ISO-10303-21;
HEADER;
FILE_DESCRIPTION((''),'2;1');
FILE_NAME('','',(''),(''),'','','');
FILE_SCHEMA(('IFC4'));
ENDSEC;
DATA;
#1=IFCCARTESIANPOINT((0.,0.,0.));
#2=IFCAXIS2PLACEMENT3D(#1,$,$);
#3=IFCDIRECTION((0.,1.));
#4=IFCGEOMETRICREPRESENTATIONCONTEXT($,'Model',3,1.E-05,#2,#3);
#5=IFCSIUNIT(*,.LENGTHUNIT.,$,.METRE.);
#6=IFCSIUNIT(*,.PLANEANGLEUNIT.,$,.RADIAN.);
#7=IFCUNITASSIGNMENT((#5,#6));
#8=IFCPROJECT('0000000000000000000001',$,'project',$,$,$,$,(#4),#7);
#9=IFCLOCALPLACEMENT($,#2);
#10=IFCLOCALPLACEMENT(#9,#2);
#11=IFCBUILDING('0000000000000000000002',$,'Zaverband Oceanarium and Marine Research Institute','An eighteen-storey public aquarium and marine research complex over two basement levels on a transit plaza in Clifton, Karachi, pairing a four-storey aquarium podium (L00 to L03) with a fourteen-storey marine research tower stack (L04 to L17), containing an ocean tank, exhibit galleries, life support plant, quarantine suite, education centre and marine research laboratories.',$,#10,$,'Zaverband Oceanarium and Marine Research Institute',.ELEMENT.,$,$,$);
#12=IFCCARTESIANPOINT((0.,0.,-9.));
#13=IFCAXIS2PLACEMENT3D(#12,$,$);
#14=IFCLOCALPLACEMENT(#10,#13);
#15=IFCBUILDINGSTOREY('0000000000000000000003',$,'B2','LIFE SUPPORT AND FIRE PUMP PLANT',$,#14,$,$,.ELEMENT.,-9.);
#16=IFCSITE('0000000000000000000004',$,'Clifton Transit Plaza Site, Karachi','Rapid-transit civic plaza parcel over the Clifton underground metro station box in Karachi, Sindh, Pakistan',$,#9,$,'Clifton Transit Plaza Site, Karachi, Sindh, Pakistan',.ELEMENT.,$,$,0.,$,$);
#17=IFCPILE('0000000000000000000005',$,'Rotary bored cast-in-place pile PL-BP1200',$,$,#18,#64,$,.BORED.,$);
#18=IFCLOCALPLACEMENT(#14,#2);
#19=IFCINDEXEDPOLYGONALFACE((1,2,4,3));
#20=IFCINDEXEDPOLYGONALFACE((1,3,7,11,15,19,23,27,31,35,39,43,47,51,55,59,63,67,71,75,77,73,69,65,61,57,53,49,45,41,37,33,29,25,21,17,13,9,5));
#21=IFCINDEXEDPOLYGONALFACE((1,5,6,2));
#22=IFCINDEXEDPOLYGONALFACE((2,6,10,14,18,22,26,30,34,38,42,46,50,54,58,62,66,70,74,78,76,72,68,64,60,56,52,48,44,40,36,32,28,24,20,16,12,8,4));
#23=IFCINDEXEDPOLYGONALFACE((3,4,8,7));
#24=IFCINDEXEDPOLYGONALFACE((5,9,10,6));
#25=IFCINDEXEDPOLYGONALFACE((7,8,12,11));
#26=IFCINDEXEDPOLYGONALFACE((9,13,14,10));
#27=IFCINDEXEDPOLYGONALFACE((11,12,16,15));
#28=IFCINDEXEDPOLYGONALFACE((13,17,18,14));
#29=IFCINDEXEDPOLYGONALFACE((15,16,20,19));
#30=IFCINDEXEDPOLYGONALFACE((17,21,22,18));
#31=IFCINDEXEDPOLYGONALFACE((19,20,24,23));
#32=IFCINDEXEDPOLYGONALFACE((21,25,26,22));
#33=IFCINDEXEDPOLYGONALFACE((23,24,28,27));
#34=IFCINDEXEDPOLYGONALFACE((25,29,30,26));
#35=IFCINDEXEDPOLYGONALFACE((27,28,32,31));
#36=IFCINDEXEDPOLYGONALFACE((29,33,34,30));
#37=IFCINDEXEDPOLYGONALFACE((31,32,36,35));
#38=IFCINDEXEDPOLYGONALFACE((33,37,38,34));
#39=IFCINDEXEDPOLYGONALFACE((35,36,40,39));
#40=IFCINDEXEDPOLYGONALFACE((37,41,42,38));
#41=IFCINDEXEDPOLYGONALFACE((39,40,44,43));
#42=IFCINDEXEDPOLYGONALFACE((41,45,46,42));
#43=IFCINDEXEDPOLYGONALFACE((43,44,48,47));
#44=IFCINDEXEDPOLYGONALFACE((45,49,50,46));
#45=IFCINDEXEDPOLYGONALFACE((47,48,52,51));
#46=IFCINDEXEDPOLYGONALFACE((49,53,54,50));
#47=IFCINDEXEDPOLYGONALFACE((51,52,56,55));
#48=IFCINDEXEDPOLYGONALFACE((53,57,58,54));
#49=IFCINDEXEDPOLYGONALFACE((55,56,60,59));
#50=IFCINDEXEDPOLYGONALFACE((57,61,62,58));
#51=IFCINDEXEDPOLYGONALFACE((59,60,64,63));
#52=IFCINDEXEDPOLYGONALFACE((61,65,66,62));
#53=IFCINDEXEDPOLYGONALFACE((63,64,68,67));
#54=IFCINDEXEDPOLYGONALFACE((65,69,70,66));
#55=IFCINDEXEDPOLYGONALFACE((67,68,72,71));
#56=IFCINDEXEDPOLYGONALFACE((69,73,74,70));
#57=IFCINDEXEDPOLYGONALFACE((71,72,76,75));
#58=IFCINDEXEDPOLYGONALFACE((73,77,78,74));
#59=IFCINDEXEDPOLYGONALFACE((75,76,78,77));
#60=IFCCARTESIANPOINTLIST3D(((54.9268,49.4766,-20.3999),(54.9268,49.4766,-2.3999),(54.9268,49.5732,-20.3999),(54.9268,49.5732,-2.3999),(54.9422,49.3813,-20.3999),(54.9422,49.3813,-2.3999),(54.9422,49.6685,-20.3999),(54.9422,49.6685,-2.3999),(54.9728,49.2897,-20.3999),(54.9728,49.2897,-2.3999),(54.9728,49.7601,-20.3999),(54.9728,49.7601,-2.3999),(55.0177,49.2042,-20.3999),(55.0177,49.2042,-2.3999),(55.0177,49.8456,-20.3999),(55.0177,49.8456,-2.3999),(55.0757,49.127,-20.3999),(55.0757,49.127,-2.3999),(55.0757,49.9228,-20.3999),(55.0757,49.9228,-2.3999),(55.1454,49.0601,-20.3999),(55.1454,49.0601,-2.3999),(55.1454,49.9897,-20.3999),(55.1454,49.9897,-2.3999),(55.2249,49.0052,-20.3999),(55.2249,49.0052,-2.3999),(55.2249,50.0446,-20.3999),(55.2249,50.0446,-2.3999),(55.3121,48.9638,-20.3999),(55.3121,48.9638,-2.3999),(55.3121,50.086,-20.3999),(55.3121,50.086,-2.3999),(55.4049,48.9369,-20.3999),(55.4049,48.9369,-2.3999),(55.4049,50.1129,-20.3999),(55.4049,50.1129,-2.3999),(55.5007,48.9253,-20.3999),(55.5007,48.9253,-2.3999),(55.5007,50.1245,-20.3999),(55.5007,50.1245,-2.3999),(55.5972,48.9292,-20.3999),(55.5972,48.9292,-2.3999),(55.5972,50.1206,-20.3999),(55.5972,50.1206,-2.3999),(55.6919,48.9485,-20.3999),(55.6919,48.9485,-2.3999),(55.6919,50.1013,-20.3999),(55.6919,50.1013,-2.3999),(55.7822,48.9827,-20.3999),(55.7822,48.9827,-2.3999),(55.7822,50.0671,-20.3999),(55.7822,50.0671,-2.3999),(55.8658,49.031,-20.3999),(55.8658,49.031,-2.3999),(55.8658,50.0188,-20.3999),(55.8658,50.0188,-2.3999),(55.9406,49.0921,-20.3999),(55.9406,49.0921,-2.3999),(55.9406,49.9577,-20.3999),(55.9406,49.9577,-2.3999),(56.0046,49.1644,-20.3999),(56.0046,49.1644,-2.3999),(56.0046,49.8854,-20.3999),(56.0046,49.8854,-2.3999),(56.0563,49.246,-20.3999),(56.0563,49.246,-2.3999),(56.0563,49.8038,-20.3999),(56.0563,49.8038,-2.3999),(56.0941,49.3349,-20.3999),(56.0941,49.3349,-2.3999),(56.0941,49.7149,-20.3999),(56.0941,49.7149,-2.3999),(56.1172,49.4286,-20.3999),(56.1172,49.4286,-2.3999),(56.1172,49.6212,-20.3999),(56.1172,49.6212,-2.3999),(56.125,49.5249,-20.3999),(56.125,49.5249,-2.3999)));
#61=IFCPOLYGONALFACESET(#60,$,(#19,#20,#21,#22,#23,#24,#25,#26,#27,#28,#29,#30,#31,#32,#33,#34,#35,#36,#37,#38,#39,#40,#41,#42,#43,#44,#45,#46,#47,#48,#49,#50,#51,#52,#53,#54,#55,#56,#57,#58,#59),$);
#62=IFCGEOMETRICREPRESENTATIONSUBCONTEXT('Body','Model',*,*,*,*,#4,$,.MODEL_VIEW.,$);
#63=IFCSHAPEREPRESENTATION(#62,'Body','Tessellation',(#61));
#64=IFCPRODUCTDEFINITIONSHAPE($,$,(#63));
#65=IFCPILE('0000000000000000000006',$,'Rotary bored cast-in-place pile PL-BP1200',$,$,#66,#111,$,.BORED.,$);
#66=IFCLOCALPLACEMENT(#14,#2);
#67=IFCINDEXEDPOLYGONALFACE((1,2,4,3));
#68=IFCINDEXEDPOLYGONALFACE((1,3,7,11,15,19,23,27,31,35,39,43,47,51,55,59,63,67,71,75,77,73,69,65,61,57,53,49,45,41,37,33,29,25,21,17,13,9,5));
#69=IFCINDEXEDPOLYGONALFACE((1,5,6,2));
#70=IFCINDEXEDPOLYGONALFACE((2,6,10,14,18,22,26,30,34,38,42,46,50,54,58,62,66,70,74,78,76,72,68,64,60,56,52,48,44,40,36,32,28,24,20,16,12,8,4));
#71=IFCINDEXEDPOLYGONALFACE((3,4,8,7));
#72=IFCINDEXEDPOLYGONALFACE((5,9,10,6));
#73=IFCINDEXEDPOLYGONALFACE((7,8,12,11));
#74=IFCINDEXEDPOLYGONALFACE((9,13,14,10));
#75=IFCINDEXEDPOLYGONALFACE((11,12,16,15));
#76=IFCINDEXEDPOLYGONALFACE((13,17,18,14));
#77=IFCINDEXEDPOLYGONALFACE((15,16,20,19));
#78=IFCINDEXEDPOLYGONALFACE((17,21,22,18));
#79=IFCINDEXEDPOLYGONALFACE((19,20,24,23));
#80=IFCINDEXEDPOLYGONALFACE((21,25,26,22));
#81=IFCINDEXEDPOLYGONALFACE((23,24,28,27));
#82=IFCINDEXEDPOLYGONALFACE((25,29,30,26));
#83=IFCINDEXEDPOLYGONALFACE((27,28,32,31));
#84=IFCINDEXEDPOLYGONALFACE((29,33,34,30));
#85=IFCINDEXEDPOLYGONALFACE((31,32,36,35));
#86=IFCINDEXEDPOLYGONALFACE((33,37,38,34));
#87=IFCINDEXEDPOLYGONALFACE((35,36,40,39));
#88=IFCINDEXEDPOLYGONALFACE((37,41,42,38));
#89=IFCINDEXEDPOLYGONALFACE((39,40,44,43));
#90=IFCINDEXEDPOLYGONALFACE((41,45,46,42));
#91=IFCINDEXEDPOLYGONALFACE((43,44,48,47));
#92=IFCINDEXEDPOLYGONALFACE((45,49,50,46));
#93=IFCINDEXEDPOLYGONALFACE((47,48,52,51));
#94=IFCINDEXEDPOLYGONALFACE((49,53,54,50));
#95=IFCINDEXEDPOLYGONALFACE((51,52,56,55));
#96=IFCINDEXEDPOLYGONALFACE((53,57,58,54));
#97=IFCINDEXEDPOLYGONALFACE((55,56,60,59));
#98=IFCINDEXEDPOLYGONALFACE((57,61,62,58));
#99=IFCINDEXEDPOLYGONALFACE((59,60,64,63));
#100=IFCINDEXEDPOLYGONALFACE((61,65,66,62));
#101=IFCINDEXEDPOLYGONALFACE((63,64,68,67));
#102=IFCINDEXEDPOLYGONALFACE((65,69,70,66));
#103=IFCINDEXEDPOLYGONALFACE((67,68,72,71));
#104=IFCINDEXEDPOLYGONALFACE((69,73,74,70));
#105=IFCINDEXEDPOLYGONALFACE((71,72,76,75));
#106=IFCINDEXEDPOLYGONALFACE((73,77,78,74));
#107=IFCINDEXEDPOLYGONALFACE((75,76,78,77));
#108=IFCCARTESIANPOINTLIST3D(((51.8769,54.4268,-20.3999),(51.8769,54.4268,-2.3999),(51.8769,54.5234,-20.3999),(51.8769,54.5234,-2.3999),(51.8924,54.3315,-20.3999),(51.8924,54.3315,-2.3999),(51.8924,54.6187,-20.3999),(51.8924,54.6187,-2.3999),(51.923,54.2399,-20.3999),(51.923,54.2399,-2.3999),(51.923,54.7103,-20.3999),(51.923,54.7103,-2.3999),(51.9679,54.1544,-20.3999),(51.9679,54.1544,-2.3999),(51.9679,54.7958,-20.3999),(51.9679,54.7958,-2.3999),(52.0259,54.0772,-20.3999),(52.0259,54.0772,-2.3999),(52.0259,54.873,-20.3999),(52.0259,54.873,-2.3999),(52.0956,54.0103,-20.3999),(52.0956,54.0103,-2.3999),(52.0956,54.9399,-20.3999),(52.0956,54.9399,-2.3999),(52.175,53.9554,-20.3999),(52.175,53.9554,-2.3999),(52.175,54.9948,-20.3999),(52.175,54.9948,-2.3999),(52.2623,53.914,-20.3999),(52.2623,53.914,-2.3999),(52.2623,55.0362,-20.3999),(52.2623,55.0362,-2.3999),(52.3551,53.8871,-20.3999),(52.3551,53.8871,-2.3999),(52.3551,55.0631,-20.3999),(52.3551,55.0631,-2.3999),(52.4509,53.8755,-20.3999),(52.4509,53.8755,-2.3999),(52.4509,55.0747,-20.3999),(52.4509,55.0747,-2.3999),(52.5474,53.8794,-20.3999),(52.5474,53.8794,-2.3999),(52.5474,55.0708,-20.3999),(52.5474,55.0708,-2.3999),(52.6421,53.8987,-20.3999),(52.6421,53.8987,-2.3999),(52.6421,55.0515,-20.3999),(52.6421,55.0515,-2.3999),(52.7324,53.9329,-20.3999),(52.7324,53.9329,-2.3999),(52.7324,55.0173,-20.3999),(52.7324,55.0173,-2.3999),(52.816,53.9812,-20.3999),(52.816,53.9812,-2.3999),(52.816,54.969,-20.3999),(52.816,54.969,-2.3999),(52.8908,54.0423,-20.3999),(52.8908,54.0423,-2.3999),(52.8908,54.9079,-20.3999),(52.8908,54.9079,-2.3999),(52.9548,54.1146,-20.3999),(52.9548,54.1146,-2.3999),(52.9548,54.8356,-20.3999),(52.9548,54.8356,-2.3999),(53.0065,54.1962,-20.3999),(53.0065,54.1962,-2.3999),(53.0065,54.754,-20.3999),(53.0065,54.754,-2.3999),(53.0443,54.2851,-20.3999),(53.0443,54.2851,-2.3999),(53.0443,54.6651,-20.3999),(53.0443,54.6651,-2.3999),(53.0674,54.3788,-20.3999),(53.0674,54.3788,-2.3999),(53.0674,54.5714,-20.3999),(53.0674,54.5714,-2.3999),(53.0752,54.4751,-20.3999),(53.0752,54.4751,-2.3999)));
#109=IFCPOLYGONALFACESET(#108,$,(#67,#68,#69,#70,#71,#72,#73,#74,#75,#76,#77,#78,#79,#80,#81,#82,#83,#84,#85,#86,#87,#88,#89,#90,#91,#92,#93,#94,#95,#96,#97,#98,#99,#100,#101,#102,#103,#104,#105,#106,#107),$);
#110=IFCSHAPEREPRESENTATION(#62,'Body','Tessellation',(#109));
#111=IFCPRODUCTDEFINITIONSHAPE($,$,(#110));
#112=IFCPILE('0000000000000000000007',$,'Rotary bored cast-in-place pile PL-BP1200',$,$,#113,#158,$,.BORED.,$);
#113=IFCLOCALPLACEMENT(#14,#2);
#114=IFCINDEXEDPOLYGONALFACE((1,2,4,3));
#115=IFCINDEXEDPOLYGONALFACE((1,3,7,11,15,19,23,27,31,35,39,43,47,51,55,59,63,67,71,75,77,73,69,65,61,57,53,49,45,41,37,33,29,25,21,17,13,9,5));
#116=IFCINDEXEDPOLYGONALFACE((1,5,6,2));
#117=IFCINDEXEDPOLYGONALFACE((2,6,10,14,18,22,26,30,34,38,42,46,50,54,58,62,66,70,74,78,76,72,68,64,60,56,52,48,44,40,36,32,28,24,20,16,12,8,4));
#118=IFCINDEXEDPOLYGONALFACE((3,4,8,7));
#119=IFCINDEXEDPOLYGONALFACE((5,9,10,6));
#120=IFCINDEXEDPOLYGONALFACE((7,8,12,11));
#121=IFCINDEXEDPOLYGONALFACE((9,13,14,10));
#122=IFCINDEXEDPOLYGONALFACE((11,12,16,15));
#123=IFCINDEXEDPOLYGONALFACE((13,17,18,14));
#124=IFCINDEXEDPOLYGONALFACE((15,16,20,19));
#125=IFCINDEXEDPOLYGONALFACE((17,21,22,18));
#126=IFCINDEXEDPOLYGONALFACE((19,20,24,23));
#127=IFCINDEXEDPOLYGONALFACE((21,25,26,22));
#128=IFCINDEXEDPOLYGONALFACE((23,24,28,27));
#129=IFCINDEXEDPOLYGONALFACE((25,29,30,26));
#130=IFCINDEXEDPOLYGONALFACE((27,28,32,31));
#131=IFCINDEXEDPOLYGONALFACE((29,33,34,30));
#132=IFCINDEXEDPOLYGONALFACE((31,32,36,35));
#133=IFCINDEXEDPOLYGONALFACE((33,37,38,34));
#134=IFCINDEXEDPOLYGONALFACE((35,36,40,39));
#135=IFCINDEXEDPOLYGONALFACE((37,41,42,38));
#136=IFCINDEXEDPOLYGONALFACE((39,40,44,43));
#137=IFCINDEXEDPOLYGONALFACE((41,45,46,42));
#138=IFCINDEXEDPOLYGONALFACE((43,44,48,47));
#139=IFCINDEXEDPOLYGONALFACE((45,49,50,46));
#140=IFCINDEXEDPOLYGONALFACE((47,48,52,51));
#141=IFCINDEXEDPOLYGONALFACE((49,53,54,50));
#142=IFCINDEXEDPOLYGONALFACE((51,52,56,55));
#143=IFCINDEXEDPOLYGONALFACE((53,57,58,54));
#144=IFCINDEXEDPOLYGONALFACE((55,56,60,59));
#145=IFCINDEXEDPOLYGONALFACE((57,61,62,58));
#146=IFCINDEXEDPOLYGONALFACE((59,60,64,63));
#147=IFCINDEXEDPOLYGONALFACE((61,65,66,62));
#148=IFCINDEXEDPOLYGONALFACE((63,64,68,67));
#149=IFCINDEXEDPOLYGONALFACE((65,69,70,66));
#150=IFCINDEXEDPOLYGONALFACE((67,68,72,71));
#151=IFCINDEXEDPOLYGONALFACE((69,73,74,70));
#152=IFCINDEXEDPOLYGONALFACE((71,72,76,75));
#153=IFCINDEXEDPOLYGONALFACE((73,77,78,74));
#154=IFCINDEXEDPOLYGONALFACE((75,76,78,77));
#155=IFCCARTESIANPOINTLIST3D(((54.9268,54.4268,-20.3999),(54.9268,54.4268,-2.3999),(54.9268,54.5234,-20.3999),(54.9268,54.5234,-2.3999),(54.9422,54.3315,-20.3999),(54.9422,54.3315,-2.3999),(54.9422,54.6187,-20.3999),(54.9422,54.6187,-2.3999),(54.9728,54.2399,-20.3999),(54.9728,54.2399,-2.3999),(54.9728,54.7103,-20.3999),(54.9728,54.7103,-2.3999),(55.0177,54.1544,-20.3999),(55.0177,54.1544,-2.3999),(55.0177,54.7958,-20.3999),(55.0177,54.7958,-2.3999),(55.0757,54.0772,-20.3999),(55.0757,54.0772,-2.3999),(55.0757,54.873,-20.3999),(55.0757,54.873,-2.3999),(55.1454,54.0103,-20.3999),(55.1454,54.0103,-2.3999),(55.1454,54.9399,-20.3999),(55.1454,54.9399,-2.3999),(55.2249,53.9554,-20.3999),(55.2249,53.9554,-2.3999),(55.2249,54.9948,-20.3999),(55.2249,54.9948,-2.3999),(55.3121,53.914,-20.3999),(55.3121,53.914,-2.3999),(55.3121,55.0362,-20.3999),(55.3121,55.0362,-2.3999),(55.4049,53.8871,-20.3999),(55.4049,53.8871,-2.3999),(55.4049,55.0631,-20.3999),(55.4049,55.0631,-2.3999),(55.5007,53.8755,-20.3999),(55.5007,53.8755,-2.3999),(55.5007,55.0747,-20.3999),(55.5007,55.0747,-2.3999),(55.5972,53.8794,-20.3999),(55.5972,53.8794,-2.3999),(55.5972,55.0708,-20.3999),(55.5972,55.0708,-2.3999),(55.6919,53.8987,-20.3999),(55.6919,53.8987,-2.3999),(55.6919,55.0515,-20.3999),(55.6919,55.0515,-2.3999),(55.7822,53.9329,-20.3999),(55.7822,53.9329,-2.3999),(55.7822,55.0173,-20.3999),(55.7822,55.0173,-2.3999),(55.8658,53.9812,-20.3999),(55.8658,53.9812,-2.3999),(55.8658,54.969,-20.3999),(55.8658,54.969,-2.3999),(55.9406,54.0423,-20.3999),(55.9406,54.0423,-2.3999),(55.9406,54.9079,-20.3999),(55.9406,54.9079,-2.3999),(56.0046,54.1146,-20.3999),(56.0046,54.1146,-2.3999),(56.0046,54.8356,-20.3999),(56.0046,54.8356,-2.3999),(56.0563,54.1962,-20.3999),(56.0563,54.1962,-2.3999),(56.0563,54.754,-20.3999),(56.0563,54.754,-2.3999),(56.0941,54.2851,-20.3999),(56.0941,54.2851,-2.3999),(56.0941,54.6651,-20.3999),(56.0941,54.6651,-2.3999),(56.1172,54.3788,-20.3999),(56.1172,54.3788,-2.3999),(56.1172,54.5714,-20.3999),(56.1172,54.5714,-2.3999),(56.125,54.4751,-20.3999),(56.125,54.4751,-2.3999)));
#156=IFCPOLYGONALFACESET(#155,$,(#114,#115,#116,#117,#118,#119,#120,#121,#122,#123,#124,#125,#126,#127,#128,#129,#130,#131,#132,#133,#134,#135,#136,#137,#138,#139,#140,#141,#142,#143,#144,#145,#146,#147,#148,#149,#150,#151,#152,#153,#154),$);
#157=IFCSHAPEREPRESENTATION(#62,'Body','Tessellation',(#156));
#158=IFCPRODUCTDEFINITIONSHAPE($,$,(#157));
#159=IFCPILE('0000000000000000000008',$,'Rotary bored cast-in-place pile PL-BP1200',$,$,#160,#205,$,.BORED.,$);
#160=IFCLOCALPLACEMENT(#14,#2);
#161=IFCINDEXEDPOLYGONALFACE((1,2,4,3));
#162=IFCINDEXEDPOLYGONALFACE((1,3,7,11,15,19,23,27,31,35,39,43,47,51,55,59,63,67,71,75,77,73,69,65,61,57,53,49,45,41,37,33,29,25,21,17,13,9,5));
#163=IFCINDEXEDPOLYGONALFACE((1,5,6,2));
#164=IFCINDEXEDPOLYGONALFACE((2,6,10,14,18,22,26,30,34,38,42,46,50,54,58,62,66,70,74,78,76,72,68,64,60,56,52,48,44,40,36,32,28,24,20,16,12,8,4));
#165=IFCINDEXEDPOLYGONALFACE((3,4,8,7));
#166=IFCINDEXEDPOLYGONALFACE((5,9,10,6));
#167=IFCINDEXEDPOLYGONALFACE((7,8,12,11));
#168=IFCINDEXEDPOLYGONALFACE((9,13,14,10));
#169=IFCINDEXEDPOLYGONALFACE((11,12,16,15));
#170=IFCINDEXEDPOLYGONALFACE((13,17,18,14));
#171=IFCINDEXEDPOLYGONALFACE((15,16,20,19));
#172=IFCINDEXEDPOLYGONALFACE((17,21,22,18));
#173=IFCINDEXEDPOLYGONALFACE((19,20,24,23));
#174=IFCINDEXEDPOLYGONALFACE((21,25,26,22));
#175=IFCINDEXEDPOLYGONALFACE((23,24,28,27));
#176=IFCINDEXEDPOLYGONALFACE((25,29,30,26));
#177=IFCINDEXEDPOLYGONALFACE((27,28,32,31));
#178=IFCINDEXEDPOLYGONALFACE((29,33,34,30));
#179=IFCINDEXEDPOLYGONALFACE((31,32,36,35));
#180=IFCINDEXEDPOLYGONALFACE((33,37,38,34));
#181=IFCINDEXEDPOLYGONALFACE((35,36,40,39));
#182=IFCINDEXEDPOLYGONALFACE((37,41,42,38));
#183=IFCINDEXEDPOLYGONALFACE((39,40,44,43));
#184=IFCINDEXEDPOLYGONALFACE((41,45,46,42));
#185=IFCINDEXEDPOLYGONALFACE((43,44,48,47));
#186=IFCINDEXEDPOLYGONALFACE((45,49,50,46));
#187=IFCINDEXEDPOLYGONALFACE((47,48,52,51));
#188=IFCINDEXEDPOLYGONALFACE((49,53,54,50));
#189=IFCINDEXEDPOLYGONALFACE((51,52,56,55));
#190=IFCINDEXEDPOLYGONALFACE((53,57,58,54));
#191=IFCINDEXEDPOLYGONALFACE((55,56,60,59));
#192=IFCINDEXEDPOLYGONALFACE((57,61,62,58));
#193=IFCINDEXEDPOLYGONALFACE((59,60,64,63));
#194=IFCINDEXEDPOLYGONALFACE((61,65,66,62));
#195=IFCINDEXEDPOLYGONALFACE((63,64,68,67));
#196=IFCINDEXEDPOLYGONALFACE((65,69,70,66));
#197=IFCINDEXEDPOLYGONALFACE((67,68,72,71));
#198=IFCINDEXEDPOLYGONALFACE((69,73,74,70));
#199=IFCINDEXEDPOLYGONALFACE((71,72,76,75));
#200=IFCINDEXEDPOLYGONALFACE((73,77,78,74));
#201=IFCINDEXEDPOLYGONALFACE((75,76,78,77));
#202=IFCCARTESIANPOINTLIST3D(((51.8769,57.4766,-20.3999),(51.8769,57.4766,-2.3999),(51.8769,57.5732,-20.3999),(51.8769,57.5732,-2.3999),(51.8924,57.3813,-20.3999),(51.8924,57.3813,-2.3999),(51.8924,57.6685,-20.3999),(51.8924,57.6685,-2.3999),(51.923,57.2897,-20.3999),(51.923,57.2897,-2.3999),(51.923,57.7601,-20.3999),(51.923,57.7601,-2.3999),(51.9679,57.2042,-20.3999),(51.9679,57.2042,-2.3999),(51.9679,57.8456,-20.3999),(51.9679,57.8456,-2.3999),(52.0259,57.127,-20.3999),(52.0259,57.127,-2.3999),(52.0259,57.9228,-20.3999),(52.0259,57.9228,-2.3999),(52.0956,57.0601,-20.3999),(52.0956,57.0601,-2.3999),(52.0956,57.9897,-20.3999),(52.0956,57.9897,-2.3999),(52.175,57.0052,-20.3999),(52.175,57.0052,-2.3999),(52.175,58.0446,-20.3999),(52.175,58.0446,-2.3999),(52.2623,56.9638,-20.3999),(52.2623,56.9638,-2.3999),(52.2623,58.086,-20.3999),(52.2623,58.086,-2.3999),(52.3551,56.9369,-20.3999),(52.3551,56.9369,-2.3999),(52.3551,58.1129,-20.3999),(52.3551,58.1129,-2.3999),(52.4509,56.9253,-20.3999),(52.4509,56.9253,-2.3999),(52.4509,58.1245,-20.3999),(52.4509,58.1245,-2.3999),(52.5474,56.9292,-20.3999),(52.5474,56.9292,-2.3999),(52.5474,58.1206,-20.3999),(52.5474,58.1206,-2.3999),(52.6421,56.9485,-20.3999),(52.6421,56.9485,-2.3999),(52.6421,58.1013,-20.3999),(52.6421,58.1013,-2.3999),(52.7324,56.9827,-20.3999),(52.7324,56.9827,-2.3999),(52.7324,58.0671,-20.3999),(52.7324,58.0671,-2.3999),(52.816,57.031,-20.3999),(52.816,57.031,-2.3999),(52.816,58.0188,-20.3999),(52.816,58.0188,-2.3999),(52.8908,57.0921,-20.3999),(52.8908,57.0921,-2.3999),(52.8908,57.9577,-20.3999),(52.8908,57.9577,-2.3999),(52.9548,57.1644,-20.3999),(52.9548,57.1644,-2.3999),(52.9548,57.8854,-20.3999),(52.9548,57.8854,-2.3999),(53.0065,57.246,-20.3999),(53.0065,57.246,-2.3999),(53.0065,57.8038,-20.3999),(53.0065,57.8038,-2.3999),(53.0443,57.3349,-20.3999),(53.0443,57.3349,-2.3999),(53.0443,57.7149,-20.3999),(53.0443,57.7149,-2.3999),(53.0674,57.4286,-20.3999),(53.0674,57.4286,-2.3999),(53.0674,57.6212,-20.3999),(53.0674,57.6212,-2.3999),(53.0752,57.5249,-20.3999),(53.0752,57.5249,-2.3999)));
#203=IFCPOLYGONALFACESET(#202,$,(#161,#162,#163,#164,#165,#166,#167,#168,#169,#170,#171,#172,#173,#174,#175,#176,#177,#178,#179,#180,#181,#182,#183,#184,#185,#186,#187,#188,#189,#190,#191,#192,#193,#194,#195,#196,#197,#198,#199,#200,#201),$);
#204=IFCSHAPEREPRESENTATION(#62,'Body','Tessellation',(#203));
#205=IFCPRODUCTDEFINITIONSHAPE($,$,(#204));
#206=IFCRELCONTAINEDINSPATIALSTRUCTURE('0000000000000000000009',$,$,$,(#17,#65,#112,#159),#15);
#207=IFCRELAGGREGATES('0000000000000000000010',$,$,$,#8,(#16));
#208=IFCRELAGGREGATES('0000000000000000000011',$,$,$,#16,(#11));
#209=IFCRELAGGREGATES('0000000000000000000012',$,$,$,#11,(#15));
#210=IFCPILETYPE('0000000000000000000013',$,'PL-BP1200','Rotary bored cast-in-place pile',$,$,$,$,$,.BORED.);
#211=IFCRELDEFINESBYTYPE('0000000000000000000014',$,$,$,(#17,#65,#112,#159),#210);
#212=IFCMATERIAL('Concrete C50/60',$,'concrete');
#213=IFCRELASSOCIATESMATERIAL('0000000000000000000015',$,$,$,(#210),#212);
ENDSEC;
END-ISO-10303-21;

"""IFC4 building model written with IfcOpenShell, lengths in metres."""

from ifc_helpers import new_model, si_unit, direction, frame, origin, origin_2d, place, context, subcontext, project, spatial, circle, extrude, material, material_profile, profile_set, type_object, element, save


model = new_model("IFC4")

# Units and contexts
model_context = context("Model", 3, precision=1e-05, world=origin(), true_north=direction((0.0, 1.0)))
body_context = subcontext(model_context, "Body", "Model", "MODEL_VIEW")
ifc_project = project(units=[si_unit("LENGTHUNIT", "METRE"), si_unit("PLANEANGLEUNIT", "RADIAN")], contexts=[model_context])

# Site, building, storey
site_placement = place(None, origin())
site = spatial("IfcSite", under=ifc_project, at=site_placement, Name="Clifton Transit Plaza Site, Karachi", Description="Rapid-transit civic plaza parcel over the Clifton underground metro station box in Karachi, Sindh, Pakistan", LongName="Clifton Transit Plaza Site, Karachi, Sindh, Pakistan", CompositionType="ELEMENT", RefElevation=0.0)
building_placement = place(site_placement, origin())
building = spatial("IfcBuilding", under=site, at=building_placement, Name="Zaverband Oceanarium and Marine Research Institute", Description="An eighteen-storey public aquarium and marine research complex over two basement levels on a transit plaza in Clifton, Karachi, pairing a four-storey aquarium podium (L00 to L03) with a fourteen-storey marine research tower stack (L04 to L17), containing an ocean tank, exhibit galleries, life support plant, quarantine suite, education centre and marine research laboratories.", LongName="Zaverband Oceanarium and Marine Research Institute", CompositionType="ELEMENT")
storey_placement = place(building_placement, frame((0.0, 0.0, -9.0)))
storey = spatial("IfcBuildingStorey", under=building, at=storey_placement, Name="B2", Description="LIFE SUPPORT AND FIRE PUMP PLANT", CompositionType="ELEMENT", Elevation=-9.0)

# Shared definitions
ifc_material_1 = material(Name="Concrete C50/60", Category="concrete")

# Piles
ifc_material_profile_1 = material_profile(ifc_material_1, circle(Radius=0.6001, at=origin_2d()), Name="BP1200")
ifc_profile_set_1 = profile_set([ifc_material_profile_1], Name="Concrete C50/60")
pile_type = type_object("IfcPileType", Name="PL-BP1200", Description="Rotary bored cast-in-place pile", PredefinedType="BORED", material=ifc_profile_set_1)
for number, where, z_axis, x_axis, name in (
    (1, (55.5249, 49.5249, -2.3999), (0.0, 0.0, -1.0), (1.0, 0.0, 0.0), "Rotary bored cast-in-place pile PL-BP1200"),
    (2, (52.4751, 54.4751, -2.3999), (0.0, 0.0, -1.0), (1.0, 0.0, 0.0), "Rotary bored cast-in-place pile PL-BP1200"),
    (3, (55.5249, 54.4751, -2.3999), (0.0, 0.0, -1.0), (1.0, 0.0, 0.0), "Rotary bored cast-in-place pile PL-BP1200"),
    (4, (52.4751, 57.5249, -2.3999), (0.0, 0.0, -1.0), (1.0, 0.0, 0.0), "Rotary bored cast-in-place pile PL-BP1200"),
):
    element("IfcPile", number, at=place(storey_placement, frame(where, z_axis=z_axis, x_axis=x_axis)), inside=storey, type_object=pile_type, Name=name, PredefinedType="BORED", context=body_context, shape_type="SweptSolid", body=[
        extrude(circle(Radius=0.6001, at=origin_2d()), origin(), (0.0, 0.0, 1.0), 18.0),
    ])

save(model, "model.ifc")
